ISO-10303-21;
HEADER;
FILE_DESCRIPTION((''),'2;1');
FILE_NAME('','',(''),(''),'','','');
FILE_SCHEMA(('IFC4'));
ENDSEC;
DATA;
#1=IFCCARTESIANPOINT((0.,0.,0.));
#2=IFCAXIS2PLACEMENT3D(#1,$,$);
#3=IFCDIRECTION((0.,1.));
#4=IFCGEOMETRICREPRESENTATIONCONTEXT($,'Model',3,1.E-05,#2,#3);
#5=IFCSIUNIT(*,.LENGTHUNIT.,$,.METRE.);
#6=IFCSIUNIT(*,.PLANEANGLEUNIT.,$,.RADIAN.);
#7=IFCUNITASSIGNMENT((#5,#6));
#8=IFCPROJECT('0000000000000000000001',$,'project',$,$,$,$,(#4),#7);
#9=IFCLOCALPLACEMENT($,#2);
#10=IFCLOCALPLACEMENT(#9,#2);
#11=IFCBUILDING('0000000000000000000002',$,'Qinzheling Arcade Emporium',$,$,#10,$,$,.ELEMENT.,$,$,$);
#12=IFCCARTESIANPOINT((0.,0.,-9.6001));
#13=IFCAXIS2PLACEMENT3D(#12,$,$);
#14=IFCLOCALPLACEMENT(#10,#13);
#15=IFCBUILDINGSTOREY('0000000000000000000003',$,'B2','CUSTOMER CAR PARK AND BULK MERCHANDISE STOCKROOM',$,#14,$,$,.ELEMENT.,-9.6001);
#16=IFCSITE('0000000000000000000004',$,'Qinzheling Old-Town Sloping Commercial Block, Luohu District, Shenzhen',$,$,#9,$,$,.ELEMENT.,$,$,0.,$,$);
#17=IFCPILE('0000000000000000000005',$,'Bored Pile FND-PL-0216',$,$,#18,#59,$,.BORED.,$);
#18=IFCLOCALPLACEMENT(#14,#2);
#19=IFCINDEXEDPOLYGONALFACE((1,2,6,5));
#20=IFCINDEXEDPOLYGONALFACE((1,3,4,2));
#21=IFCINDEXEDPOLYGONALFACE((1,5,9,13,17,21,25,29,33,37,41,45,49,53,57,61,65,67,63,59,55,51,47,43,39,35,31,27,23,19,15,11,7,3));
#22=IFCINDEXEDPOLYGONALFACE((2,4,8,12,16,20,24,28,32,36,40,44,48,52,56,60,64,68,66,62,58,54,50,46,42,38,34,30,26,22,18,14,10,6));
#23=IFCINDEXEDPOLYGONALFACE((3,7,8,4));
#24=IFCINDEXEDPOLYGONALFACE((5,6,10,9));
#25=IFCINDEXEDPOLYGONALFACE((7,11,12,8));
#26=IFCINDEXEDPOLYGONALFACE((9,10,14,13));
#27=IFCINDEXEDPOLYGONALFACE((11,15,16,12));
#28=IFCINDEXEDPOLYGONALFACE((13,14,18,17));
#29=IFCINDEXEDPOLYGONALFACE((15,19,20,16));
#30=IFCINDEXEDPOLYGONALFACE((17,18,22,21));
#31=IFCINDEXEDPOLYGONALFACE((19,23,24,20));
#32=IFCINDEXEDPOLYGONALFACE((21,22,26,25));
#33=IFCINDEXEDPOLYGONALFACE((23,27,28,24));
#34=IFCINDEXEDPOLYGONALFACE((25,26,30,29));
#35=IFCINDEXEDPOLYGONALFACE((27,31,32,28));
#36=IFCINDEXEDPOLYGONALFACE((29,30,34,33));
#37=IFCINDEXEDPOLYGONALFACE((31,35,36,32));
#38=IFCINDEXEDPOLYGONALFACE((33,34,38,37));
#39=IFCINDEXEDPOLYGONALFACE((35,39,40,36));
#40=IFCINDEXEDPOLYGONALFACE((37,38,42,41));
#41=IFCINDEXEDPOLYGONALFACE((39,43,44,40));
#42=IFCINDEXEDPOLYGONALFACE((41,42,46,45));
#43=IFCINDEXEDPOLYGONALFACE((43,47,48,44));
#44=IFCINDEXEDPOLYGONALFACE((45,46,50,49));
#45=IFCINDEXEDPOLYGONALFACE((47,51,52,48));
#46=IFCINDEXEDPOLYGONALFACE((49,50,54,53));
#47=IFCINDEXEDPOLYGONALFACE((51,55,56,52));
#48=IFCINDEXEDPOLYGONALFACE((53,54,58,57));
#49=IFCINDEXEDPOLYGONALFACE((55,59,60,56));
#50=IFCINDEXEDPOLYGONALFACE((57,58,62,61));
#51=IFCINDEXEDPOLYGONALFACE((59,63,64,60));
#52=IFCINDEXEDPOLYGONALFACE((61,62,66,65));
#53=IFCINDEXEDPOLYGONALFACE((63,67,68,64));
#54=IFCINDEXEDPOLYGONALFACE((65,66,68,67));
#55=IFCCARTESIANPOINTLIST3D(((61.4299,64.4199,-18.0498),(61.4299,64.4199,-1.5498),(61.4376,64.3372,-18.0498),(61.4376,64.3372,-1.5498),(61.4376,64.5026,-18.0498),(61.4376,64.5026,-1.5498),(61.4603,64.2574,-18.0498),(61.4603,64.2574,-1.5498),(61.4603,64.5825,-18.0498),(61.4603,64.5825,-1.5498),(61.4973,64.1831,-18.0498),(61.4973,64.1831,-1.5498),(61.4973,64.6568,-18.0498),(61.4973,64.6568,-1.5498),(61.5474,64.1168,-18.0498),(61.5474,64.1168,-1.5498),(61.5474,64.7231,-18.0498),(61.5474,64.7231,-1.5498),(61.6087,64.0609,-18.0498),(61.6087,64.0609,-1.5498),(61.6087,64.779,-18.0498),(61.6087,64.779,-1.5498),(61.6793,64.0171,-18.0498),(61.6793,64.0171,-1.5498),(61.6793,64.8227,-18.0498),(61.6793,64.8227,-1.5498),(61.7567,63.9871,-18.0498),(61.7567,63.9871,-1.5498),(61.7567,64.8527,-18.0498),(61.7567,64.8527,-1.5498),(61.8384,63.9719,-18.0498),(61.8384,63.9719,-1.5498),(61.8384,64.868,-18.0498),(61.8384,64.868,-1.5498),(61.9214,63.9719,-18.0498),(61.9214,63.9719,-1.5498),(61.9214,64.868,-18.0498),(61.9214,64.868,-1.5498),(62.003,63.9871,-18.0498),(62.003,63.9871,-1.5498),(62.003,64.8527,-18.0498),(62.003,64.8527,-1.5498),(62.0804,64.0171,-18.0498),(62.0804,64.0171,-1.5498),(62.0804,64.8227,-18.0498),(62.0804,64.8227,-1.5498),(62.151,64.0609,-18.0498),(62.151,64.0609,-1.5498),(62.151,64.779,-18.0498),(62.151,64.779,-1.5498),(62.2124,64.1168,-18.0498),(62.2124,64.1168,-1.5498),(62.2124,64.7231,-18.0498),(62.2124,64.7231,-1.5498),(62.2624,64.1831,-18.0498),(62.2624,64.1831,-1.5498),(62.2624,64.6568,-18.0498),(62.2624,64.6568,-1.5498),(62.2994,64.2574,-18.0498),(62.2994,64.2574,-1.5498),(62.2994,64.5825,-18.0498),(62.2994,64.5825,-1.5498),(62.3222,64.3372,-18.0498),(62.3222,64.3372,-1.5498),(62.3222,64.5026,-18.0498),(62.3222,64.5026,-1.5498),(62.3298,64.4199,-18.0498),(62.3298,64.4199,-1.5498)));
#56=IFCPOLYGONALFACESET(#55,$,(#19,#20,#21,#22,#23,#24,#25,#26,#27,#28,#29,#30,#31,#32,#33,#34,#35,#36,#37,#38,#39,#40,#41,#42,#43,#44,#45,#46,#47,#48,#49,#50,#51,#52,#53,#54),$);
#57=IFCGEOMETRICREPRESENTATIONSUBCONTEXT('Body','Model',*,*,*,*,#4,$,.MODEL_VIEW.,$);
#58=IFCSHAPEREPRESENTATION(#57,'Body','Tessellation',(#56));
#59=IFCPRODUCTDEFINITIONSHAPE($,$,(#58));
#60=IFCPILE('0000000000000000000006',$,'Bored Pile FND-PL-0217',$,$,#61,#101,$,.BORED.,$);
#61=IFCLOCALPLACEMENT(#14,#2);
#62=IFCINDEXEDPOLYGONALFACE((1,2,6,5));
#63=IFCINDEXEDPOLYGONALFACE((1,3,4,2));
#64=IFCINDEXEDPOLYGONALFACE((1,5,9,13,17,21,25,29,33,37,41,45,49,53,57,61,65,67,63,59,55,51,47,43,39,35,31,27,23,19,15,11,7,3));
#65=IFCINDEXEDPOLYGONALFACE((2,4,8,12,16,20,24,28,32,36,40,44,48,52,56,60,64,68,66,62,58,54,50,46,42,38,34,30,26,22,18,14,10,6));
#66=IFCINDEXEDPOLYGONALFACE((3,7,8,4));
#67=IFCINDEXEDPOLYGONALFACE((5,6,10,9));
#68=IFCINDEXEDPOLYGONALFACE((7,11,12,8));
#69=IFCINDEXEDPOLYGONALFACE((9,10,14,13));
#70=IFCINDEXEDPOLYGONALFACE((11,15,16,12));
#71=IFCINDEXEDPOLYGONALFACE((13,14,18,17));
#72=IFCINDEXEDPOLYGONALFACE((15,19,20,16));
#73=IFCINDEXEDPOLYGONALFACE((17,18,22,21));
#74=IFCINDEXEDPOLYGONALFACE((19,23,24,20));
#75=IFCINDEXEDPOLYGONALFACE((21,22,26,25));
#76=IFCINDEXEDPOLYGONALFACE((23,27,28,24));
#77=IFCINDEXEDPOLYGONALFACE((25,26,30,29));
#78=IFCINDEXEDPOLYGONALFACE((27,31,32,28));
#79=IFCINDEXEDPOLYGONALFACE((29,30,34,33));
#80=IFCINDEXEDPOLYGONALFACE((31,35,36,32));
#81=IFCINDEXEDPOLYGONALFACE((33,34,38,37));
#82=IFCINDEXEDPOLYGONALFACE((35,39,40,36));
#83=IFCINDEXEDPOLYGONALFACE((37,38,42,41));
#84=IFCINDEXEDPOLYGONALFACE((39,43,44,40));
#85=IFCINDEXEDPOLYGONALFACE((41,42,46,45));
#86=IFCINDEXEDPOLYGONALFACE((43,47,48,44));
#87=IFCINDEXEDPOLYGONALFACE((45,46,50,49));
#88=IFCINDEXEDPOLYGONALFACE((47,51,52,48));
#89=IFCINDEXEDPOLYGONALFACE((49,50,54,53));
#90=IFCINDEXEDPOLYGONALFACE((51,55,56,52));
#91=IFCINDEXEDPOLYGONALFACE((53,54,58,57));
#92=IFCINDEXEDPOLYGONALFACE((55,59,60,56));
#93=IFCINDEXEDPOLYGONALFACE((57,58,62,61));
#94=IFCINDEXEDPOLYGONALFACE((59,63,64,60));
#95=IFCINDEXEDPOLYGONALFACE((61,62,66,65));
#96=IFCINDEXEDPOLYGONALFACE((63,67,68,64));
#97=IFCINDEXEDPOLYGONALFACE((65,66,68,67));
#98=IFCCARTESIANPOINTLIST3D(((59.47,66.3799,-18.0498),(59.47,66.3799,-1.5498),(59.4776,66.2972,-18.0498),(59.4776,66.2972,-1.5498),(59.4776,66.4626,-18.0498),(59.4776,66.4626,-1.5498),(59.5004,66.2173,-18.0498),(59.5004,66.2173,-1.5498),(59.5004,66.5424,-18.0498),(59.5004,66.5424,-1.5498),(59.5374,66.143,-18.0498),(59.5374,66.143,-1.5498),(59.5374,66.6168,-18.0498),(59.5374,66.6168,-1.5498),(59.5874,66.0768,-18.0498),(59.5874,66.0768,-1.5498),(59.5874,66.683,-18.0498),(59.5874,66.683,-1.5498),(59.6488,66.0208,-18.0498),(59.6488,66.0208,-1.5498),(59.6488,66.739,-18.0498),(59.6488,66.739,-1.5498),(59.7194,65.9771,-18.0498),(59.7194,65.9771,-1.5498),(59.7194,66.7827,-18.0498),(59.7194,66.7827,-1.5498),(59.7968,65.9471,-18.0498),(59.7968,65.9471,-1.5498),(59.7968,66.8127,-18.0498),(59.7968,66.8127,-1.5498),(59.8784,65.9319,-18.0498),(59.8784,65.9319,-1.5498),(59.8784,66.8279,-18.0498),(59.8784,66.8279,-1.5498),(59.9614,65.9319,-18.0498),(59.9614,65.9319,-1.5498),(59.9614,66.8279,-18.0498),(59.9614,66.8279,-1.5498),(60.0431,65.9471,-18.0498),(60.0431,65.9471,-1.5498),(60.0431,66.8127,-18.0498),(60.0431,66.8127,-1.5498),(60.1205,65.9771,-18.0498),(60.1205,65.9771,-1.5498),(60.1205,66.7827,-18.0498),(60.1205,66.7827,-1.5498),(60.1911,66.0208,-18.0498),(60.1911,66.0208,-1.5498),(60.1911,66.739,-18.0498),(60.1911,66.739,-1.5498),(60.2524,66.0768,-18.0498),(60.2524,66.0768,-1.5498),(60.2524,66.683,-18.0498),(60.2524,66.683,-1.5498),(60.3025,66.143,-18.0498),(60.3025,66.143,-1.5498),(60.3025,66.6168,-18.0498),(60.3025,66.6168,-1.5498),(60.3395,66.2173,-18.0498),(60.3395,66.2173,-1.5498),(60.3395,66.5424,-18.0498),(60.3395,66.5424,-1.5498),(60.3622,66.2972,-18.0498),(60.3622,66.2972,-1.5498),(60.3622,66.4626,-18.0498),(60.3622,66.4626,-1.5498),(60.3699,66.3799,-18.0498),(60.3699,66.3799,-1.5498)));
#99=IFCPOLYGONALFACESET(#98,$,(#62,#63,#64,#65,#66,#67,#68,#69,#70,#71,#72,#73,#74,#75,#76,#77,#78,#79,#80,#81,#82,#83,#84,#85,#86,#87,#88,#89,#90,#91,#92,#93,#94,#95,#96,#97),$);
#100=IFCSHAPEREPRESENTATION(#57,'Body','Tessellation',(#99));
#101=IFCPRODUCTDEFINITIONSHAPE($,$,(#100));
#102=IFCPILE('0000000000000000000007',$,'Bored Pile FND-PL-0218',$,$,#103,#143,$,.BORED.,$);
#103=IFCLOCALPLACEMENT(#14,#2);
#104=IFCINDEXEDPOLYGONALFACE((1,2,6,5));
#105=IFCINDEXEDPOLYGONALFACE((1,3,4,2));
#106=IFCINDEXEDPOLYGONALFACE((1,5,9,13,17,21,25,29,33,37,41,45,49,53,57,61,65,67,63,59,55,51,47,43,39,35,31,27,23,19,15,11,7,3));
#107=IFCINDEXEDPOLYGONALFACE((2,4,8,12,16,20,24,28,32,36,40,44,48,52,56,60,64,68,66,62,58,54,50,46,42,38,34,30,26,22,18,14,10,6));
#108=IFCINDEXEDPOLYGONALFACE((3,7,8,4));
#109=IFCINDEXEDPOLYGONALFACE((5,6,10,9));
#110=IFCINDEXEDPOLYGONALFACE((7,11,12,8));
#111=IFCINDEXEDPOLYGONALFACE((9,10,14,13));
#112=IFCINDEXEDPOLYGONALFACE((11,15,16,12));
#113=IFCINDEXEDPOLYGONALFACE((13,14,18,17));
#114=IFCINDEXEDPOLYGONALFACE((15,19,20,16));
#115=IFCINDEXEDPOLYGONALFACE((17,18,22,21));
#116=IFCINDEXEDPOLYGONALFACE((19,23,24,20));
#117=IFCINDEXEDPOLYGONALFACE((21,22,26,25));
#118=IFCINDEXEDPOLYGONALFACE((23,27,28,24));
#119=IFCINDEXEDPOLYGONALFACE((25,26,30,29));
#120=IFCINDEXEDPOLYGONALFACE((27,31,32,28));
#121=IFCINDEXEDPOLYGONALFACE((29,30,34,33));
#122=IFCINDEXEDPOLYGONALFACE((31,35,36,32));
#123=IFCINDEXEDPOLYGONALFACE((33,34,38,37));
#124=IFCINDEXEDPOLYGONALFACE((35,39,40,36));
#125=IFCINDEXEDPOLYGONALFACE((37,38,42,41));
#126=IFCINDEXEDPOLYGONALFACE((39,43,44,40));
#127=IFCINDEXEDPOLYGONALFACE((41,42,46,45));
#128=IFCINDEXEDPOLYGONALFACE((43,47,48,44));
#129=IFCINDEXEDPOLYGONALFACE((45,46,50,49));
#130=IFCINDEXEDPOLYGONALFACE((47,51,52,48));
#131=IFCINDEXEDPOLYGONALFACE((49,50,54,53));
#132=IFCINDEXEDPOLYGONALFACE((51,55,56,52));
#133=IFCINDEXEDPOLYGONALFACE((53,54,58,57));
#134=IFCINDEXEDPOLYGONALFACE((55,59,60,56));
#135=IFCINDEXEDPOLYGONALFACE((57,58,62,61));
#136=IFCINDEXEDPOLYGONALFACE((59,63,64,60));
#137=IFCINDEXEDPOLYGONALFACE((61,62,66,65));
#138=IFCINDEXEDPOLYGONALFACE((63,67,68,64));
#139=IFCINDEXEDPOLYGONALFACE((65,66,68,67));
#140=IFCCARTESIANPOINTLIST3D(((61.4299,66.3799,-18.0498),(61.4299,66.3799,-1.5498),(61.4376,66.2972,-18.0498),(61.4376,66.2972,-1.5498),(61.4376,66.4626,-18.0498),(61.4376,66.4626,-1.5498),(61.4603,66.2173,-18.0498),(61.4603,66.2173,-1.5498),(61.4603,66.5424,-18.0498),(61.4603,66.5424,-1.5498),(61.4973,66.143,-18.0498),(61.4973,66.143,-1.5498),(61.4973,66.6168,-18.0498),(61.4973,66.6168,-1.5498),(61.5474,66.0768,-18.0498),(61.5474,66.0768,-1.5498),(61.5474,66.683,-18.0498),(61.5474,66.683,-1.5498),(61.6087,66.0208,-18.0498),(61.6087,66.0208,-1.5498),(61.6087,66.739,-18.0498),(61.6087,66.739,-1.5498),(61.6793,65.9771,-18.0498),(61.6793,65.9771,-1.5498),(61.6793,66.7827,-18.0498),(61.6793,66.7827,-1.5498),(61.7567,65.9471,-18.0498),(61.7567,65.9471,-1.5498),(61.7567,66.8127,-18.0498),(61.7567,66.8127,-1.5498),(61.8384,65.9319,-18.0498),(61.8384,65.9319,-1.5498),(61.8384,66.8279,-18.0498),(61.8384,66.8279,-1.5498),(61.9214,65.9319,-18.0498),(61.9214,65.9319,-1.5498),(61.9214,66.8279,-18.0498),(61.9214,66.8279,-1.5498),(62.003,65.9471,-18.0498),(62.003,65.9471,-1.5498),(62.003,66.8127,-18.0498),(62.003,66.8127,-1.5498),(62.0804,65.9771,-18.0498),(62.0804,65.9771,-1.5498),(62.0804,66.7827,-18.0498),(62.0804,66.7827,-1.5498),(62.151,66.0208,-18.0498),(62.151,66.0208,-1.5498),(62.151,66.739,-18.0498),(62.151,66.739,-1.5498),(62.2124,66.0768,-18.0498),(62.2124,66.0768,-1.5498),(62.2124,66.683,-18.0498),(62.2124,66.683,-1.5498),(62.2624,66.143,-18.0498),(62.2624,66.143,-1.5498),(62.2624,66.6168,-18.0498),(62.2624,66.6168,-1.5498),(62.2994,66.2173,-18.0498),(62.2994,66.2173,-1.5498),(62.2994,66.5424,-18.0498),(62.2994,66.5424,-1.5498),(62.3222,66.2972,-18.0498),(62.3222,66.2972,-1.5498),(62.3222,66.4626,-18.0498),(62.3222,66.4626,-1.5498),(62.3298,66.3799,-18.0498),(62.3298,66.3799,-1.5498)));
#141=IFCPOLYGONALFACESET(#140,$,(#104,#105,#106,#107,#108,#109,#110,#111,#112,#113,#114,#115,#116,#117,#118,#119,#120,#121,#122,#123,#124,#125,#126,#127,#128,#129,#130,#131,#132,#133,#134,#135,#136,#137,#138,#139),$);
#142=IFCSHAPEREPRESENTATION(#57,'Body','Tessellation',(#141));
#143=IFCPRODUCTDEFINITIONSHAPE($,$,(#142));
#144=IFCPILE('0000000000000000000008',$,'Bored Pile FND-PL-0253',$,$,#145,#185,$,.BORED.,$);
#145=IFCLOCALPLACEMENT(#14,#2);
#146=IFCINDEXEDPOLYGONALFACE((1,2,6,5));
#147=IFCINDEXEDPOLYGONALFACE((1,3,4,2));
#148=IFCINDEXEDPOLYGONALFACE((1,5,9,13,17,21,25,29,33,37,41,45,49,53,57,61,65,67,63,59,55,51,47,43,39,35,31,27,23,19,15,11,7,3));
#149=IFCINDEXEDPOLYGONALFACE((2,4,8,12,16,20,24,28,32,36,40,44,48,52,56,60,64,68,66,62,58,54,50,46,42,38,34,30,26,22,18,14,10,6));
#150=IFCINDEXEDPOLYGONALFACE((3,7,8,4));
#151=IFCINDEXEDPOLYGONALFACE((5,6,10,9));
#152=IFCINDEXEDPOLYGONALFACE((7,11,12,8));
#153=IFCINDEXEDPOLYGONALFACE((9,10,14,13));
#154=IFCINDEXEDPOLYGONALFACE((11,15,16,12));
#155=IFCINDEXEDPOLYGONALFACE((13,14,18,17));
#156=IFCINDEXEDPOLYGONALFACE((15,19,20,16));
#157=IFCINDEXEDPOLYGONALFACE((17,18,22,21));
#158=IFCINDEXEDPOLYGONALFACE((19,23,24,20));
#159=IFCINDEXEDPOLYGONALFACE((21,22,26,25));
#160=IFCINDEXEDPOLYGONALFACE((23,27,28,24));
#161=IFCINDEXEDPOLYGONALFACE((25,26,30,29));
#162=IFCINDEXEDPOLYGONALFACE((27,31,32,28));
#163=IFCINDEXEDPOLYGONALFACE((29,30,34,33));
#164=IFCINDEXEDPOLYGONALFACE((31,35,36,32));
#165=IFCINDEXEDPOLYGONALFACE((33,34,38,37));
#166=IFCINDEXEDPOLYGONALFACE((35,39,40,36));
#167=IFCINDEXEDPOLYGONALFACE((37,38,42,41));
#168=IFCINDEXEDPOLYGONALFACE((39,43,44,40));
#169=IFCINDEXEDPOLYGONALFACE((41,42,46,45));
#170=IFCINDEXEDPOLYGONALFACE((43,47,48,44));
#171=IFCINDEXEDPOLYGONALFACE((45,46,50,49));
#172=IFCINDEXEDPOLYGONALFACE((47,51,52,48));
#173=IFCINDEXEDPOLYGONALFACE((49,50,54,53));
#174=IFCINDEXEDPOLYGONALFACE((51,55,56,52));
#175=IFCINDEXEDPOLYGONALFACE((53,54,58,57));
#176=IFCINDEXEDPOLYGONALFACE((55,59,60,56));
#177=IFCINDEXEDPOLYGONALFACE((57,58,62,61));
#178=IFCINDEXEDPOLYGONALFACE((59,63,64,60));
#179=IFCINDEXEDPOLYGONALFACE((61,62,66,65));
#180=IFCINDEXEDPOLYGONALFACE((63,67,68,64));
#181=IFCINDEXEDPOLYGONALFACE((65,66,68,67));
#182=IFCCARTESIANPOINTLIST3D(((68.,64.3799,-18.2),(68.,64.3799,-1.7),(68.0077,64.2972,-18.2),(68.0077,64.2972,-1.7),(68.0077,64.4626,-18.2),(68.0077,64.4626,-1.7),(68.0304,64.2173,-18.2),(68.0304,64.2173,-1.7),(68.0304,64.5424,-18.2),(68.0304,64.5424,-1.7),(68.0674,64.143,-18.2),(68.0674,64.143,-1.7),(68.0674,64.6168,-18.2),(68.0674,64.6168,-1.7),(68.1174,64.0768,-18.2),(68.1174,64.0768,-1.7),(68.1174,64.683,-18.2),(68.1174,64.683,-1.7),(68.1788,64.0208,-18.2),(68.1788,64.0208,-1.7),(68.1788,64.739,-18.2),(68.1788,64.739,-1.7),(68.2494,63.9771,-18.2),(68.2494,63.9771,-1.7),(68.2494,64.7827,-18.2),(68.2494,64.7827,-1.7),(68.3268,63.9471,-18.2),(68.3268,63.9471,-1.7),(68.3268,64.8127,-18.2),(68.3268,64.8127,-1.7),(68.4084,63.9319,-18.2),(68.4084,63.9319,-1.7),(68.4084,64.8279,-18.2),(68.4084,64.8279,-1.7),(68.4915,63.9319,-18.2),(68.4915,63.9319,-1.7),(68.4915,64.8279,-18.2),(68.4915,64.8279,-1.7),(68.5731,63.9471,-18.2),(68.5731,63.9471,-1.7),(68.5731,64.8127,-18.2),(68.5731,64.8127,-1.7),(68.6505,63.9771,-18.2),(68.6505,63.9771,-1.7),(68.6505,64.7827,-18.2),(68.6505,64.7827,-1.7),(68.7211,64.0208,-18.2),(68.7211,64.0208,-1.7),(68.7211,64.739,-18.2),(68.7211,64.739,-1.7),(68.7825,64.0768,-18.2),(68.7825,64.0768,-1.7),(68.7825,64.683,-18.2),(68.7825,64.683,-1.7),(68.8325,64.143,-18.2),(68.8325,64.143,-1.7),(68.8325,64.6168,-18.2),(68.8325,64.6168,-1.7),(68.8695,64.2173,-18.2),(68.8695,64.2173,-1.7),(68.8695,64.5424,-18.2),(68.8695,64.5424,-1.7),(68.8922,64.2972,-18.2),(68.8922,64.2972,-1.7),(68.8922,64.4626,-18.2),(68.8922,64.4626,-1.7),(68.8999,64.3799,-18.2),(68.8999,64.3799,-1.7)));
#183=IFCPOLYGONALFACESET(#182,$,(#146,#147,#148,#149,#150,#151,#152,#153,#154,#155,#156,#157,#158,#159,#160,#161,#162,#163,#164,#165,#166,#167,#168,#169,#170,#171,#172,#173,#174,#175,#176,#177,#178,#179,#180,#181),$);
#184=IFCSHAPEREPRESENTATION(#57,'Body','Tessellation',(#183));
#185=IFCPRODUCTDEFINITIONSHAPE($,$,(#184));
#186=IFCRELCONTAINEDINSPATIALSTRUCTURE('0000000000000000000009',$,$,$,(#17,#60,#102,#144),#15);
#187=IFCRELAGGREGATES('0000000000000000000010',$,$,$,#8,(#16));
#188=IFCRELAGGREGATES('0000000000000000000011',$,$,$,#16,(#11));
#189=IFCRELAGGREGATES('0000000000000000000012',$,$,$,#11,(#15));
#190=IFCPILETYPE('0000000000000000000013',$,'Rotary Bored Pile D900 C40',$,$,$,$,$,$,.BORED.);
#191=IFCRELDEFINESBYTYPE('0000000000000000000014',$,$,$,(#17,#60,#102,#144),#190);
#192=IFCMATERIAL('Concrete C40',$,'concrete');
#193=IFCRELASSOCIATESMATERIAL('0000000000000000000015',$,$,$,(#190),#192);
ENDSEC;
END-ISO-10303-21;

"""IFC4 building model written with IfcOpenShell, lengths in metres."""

from ifc_helpers import new_model, si_unit, direction, frame, origin, origin_2d, place, context, subcontext, project, spatial, circle, extrude, material, material_profile, profile_set, type_object, element, save


model = new_model("IFC4")

# Units and contexts
model_context = context("Model", 3, precision=1e-05, world=origin(), true_north=direction((0.0, 1.0)))
body_context = subcontext(model_context, "Body", "Model", "MODEL_VIEW")
ifc_project = project(units=[si_unit("LENGTHUNIT", "METRE"), si_unit("PLANEANGLEUNIT", "RADIAN")], contexts=[model_context])

# Site, building, storey
site_placement = place(None, origin())
site = spatial("IfcSite", under=ifc_project, at=site_placement, Name="Qinzheling Old-Town Sloping Commercial Block, Luohu District, Shenzhen", CompositionType="ELEMENT", RefElevation=0.0)
building_placement = place(site_placement, origin())
building = spatial("IfcBuilding", under=site, at=building_placement, Name="Qinzheling Arcade Emporium", CompositionType="ELEMENT")
storey_placement = place(building_placement, frame((0.0, 0.0, -9.6001)))
storey = spatial("IfcBuildingStorey", under=building, at=storey_placement, Name="B2", Description="CUSTOMER CAR PARK AND BULK MERCHANDISE STOCKROOM", CompositionType="ELEMENT", Elevation=-9.6001)

# Shared definitions
ifc_material_1 = material(Name="Concrete C40", Category="concrete")

# Piles
ifc_material_profile_1 = material_profile(ifc_material_1, circle(Radius=0.45, at=origin_2d()), Name="BORED D900", Category="concrete")
ifc_profile_set_1 = profile_set([ifc_material_profile_1], Name="Concrete C40")
pile_type = type_object("IfcPileType", Name="Rotary Bored Pile D900 C40", PredefinedType="BORED", material=ifc_profile_set_1)
for number, where, z_axis, x_axis, name in (
    (1, (61.8799, 64.4199, -1.5498), (0.0, 0.0, -1.0), (1.0, 0.0, 0.0), "Bored Pile FND-PL-0216"),
    (2, (59.9199, 66.3799, -1.5498), (0.0, 0.0, -1.0), (1.0, 0.0, 0.0), "Bored Pile FND-PL-0217"),
    (3, (61.8799, 66.3799, -1.5498), (0.0, 0.0, -1.0), (1.0, 0.0, 0.0), "Bored Pile FND-PL-0218"),
    (4, (68.45, 64.3799, -1.7), (0.0, 0.0, -1.0), (1.0, 0.0, 0.0), "Bored Pile FND-PL-0253"),
):
    element("IfcPile", number, at=place(storey_placement, frame(where, z_axis=z_axis, x_axis=x_axis)), inside=storey, type_object=pile_type, Name=name, PredefinedType="BORED", context=body_context, shape_type="SweptSolid", body=[
        extrude(circle(Radius=0.45, at=origin_2d()), origin(), (0.0, 0.0, 1.0), 16.5),
    ])

save(model, "model.ifc")
